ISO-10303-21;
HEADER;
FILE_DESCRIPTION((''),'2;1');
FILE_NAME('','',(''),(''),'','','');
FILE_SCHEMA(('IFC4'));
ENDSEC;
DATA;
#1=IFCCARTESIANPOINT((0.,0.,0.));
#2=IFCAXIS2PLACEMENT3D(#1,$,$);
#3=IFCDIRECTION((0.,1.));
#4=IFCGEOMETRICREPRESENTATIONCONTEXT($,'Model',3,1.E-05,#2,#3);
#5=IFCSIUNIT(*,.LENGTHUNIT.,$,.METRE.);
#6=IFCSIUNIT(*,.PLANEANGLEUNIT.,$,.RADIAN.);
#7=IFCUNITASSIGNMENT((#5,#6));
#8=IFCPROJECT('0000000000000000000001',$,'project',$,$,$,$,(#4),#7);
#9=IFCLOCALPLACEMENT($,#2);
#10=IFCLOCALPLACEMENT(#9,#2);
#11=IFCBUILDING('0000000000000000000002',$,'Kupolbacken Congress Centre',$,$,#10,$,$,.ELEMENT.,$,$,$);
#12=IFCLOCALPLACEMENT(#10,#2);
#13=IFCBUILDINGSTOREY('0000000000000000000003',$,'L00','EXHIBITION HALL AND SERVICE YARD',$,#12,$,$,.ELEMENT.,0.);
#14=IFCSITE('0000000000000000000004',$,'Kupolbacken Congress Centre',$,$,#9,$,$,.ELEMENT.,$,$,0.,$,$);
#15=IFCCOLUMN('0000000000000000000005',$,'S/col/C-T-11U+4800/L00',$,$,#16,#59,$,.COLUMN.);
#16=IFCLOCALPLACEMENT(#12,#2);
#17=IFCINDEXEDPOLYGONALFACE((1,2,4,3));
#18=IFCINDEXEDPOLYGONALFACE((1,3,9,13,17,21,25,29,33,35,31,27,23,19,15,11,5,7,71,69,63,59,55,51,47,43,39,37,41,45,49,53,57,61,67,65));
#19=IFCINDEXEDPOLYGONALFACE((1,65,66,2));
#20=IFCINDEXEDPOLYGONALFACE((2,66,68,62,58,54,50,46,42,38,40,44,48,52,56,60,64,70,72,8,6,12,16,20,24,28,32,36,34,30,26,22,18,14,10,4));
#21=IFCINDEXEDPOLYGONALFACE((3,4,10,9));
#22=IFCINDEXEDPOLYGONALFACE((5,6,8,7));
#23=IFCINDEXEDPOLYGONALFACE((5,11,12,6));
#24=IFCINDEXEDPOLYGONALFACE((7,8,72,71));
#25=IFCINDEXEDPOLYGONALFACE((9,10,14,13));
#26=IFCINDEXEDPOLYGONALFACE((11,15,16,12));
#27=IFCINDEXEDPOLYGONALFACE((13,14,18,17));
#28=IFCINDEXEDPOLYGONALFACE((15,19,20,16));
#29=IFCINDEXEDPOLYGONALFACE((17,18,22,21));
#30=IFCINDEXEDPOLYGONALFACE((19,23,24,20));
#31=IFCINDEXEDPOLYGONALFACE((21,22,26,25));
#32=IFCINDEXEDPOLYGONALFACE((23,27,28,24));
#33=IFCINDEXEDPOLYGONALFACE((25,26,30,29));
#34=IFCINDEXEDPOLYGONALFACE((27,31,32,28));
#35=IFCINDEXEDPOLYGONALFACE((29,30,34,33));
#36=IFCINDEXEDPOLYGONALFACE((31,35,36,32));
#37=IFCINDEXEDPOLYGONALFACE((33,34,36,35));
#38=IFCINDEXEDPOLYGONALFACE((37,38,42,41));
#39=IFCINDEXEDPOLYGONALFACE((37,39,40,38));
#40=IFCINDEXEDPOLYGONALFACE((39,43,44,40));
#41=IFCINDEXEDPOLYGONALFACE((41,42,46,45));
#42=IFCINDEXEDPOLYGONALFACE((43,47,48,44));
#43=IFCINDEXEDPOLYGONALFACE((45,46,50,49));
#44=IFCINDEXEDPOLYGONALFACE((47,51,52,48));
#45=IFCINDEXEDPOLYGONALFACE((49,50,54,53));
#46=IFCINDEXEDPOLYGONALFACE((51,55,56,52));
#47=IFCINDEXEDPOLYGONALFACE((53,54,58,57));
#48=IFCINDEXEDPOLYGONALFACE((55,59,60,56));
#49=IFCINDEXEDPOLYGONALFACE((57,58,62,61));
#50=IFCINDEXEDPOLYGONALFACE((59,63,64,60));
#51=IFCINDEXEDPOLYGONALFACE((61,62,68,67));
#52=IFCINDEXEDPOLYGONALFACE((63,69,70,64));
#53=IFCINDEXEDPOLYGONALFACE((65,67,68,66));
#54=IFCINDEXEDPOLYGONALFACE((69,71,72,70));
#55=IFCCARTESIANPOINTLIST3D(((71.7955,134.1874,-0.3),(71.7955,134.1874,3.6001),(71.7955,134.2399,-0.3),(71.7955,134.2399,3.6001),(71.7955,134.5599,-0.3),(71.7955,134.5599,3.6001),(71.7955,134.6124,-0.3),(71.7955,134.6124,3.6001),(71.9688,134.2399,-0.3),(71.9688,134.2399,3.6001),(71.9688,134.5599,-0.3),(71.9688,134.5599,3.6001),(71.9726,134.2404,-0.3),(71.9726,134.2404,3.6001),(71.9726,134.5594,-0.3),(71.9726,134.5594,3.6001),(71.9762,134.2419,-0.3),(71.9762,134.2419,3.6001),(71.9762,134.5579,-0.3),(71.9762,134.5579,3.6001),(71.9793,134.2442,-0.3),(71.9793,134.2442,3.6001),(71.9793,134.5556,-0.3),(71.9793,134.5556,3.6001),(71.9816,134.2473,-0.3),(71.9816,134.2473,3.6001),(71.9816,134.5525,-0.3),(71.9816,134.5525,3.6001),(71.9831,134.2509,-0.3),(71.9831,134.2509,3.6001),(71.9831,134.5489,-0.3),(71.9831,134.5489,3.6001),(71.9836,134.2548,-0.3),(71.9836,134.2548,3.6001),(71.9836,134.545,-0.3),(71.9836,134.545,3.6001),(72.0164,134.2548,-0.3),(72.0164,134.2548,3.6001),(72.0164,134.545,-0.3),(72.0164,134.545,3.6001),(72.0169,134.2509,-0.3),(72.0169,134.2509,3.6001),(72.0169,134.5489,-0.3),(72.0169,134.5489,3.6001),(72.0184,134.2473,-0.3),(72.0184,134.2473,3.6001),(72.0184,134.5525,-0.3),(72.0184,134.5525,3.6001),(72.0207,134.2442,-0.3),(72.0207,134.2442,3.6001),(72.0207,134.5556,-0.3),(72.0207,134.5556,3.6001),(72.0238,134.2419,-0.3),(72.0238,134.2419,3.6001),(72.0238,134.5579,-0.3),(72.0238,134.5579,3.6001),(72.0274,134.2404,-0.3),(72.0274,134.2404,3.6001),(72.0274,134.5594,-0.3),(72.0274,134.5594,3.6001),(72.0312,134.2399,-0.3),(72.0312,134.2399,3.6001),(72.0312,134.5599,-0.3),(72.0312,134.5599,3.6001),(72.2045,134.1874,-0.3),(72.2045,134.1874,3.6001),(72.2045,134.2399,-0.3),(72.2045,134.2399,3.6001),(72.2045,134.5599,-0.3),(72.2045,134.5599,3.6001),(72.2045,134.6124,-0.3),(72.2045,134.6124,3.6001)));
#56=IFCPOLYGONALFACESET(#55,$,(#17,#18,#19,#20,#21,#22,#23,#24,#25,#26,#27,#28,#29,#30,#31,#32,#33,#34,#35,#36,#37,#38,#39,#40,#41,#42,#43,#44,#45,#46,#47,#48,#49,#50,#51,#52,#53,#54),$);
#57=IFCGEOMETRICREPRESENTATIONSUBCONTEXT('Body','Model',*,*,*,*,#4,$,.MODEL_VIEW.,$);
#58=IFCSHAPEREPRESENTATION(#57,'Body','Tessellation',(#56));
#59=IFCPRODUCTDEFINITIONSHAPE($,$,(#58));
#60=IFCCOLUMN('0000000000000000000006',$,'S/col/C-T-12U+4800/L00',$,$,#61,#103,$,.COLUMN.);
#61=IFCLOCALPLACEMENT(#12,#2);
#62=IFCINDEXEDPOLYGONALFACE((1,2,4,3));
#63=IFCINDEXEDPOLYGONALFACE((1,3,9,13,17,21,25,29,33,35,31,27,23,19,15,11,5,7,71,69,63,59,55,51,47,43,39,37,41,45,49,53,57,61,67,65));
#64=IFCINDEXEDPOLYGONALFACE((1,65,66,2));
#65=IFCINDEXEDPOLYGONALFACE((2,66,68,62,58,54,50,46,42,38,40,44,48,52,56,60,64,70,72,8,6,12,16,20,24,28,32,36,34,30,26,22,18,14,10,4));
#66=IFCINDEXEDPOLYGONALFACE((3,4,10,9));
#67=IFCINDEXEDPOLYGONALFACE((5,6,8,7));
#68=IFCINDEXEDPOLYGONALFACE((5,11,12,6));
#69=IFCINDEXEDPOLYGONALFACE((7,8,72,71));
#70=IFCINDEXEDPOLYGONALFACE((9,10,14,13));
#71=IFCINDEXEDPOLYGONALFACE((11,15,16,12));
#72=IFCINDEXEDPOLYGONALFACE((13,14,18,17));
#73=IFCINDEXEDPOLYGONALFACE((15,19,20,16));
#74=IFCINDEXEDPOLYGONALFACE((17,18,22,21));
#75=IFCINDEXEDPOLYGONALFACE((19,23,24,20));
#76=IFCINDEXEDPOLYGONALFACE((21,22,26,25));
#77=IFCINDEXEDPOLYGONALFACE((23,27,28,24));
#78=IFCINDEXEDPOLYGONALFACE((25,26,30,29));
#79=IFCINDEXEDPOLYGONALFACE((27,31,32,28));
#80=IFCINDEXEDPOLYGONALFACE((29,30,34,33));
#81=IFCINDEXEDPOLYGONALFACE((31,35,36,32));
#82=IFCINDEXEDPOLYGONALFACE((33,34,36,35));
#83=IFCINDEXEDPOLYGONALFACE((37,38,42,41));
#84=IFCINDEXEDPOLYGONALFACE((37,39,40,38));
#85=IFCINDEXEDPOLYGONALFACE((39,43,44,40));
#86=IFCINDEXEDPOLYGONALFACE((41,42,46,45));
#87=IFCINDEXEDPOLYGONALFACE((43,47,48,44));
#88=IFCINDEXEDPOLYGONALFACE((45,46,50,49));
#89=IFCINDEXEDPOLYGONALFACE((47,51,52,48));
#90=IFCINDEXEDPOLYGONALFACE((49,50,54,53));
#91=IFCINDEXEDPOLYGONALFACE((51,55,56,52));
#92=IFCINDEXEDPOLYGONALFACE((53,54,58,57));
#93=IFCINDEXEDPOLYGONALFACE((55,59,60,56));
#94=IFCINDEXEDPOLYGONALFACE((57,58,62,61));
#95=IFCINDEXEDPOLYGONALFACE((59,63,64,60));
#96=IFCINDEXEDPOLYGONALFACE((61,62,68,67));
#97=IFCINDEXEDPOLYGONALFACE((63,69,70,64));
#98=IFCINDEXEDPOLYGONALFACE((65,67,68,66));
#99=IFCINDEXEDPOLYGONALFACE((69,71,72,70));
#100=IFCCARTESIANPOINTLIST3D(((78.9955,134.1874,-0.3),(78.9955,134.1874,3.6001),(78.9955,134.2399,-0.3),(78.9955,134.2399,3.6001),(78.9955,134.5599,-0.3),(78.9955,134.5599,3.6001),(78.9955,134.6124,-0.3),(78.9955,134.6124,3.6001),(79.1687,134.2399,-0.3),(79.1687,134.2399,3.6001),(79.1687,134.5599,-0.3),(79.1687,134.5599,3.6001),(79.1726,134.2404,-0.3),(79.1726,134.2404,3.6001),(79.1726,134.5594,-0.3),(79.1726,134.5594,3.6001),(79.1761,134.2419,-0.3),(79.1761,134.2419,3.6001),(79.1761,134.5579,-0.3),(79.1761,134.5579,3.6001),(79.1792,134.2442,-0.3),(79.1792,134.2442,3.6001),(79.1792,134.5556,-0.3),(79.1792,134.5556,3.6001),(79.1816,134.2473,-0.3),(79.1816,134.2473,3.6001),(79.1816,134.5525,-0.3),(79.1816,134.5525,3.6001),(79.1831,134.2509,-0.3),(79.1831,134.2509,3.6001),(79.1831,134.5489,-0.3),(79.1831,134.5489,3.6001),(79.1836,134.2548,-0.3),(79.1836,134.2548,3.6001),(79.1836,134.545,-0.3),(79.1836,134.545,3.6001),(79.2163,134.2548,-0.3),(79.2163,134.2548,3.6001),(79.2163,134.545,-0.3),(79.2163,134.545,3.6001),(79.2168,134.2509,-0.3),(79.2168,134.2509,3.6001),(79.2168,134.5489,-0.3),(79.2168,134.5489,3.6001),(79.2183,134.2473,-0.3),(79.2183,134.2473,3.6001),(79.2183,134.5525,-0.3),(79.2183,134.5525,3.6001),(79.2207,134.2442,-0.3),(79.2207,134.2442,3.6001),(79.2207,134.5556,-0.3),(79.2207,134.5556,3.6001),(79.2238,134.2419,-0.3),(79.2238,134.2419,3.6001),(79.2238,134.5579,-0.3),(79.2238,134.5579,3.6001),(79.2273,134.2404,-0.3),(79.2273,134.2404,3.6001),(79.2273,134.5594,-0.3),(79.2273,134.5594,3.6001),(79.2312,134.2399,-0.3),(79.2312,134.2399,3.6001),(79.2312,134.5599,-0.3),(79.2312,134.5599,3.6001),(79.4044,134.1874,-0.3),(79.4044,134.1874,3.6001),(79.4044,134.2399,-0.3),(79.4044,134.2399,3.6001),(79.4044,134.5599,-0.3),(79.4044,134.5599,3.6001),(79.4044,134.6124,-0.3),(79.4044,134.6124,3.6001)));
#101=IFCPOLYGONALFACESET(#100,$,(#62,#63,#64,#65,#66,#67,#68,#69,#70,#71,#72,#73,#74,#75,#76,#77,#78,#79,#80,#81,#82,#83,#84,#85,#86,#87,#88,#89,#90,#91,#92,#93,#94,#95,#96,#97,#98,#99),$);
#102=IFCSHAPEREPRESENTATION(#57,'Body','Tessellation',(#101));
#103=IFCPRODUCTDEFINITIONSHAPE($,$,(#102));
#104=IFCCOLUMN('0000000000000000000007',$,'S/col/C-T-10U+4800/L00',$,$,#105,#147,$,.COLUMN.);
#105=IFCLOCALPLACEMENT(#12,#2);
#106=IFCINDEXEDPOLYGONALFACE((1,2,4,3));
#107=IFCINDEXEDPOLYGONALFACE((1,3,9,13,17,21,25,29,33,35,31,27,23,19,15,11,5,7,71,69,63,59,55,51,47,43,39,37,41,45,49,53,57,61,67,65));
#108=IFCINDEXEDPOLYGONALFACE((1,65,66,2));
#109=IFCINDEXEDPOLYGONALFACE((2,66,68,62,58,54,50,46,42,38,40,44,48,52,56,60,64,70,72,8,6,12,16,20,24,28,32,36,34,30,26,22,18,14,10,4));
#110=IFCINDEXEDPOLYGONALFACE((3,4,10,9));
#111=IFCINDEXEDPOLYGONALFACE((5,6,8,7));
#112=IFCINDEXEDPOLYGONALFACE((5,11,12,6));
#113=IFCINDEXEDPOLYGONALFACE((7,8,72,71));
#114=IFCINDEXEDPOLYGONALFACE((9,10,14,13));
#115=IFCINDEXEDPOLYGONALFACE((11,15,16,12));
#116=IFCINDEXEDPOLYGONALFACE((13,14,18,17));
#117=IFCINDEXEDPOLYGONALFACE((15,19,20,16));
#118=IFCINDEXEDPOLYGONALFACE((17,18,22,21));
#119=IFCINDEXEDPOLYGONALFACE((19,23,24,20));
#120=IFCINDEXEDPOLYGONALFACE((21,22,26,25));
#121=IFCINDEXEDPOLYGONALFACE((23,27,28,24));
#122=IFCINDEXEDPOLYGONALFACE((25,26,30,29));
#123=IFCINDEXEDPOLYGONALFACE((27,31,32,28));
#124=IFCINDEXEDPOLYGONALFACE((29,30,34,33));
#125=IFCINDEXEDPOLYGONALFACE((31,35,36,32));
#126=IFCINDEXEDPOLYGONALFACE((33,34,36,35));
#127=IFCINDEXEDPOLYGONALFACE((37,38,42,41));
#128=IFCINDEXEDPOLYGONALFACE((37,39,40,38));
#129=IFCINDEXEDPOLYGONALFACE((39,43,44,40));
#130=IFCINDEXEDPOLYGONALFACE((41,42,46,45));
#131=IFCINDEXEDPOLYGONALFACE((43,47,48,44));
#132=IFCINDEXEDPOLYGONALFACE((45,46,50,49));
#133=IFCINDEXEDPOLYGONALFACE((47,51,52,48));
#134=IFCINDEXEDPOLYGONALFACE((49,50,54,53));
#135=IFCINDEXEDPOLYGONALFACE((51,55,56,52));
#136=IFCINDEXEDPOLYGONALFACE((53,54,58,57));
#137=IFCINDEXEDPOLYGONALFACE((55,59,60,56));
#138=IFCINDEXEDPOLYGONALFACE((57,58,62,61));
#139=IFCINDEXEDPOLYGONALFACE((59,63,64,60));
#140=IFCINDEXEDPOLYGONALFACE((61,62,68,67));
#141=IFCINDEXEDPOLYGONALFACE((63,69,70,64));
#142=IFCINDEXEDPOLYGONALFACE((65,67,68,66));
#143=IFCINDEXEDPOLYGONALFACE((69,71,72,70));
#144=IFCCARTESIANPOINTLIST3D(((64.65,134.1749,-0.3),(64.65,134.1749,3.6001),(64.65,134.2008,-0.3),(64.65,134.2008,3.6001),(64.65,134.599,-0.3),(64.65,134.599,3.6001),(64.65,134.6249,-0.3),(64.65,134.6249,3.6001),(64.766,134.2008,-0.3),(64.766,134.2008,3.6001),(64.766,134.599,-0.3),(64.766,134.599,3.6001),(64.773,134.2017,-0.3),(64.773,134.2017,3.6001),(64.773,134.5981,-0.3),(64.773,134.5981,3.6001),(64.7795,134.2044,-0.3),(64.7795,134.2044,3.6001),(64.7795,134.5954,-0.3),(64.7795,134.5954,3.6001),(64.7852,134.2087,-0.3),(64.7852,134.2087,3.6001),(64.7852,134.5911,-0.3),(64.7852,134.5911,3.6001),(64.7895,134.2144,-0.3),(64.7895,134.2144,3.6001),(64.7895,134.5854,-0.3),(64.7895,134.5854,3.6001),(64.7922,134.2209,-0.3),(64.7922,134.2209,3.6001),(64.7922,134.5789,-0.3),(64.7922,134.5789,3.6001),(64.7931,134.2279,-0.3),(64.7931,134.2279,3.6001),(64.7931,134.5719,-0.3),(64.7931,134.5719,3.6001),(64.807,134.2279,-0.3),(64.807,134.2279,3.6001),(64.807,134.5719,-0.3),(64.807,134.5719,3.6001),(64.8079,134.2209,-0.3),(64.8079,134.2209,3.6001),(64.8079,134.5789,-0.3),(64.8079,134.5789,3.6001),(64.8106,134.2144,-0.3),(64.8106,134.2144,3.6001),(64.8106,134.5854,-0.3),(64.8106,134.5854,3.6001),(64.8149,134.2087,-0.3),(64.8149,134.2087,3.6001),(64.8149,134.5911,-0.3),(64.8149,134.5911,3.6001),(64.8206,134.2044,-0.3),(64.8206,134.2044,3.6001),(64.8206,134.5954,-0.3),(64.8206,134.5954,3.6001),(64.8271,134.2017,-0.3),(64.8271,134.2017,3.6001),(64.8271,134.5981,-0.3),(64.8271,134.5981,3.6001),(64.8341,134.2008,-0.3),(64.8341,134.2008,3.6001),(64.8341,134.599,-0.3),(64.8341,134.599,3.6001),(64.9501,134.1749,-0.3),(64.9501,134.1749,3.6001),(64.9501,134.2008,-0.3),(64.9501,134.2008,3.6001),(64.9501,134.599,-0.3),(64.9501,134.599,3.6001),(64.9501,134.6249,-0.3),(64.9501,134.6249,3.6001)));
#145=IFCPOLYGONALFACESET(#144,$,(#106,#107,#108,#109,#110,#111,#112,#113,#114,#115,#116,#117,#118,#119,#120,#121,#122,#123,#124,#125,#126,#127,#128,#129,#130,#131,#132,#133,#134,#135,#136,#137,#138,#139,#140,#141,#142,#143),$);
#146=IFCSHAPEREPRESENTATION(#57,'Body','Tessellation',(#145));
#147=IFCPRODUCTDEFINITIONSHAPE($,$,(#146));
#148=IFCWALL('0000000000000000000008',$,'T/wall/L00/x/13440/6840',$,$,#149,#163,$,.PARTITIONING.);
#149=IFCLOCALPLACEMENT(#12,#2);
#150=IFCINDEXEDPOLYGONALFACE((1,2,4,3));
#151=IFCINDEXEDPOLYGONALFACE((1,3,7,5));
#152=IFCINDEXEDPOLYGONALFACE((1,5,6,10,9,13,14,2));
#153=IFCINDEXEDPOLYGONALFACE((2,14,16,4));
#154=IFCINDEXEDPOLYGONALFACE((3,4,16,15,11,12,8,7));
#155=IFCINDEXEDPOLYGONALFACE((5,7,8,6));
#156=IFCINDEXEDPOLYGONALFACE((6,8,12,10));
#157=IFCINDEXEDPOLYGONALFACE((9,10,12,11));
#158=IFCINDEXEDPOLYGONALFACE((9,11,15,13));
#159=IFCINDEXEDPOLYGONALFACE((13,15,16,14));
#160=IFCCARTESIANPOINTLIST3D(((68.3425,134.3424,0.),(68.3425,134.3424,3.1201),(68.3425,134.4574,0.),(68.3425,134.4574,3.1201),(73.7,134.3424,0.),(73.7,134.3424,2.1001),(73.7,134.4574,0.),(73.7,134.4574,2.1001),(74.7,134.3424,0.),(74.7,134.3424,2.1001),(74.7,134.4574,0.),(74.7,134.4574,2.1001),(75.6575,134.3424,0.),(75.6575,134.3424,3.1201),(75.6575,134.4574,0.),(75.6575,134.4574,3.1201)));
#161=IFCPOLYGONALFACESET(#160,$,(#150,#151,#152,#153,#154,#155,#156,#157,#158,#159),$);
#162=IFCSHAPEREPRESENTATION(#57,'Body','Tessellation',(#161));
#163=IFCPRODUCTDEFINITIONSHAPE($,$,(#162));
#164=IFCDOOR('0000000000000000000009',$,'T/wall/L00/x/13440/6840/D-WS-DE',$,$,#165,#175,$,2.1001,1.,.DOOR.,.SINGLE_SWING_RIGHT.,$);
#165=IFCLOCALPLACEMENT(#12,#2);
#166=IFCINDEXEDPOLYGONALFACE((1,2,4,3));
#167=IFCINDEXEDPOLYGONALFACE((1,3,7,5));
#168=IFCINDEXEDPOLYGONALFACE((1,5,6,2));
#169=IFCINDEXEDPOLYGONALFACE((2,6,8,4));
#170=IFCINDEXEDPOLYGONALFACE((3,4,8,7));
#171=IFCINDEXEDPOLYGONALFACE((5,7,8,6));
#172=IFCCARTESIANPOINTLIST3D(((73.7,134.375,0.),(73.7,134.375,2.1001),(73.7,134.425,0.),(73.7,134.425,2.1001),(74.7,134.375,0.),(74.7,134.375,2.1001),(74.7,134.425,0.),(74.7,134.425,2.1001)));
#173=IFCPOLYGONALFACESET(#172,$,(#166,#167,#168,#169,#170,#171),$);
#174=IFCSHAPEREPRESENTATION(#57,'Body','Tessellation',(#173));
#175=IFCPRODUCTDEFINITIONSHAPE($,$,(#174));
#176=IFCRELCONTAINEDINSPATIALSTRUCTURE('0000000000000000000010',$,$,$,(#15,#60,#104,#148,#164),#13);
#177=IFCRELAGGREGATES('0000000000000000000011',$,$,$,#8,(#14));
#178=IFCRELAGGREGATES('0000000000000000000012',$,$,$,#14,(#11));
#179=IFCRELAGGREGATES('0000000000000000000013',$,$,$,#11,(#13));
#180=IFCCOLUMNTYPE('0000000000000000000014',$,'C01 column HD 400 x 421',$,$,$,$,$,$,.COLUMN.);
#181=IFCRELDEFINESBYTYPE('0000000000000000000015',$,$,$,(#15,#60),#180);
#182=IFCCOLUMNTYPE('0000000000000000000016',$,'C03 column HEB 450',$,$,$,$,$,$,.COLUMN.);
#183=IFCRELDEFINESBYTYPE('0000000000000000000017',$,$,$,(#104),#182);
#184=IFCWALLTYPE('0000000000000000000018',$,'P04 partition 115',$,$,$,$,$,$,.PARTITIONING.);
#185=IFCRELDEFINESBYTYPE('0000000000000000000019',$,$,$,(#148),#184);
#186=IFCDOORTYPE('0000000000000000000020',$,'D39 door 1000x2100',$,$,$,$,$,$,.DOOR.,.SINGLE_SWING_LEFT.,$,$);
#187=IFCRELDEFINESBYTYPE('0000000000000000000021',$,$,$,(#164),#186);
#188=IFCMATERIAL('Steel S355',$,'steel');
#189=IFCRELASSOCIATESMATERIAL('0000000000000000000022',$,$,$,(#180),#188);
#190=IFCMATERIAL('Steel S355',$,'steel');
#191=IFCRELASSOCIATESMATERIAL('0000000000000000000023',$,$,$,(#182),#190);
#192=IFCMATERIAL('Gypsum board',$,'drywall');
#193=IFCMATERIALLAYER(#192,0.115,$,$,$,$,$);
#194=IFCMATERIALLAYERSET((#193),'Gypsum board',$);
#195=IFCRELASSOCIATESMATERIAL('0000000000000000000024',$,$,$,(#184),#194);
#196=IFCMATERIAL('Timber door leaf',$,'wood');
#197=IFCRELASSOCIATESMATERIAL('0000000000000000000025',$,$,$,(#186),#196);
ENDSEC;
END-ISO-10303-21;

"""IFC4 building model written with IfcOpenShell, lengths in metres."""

from ifc_helpers import new_model, si_unit, direction, frame, frame_2d, origin, origin_2d, place, context, subcontext, project, spatial, rectangle, i_section, extrude, material, layer, layer_set, material_profile, profile_set, type_object, element, fill, save


model = new_model("IFC4")

# Units and contexts
model_context = context("Model", 3, precision=1e-05, world=origin(), true_north=direction((0.0, 1.0)))
body_context = subcontext(model_context, "Body", "Model", "MODEL_VIEW")
ifc_project = project(units=[si_unit("LENGTHUNIT", "METRE"), si_unit("PLANEANGLEUNIT", "RADIAN")], contexts=[model_context])

# Site, building, storey
site_placement = place(None, origin())
site = spatial("IfcSite", under=ifc_project, at=site_placement, Name="Kupolbacken Congress Centre", CompositionType="ELEMENT", RefElevation=0.0)
building_placement = place(site_placement, origin())
building = spatial("IfcBuilding", under=site, at=building_placement, Name="Kupolbacken Congress Centre", CompositionType="ELEMENT")
storey_placement = place(building_placement, origin())
storey = spatial("IfcBuildingStorey", under=building, at=storey_placement, Name="L00", Description="EXHIBITION HALL AND SERVICE YARD", CompositionType="ELEMENT", Elevation=0.0)

# Columns
ifc_material_1 = material(Name="Steel S355", Category="steel")
ifc_material_profile_1 = material_profile(ifc_material_1, i_section(OverallWidth=0.4089, OverallDepth=0.425, WebThickness=0.0327, FlangeThickness=0.0525, FilletRadius=0.0149, at=origin_2d()), Name="HD 400 x 421")
ifc_profile_set_1 = profile_set([ifc_material_profile_1], Name="Steel S355")
column_type_1 = type_object("IfcColumnType", Name="C01 column HD 400 x 421", PredefinedType="COLUMN", material=ifc_profile_set_1)
for number, where, z_axis, x_axis, name in (
    (1, (72.0, 134.3999, -0.3), (0.0, 0.0, 1.0), (1.0, 0.0, 0.0), "S/col/C-T-11U+4800/L00"),
    (2, (79.2, 134.3999, -0.3), (0.0, 0.0, 1.0), (1.0, 0.0, 0.0), "S/col/C-T-12U+4800/L00"),
):
    element("IfcColumn", number, at=place(storey_placement, frame(where, z_axis=z_axis, x_axis=x_axis)), inside=storey, type_object=column_type_1, Name=name, PredefinedType="COLUMN", context=body_context, shape_type="SweptSolid", body=[
        extrude(i_section(OverallWidth=0.4089, OverallDepth=0.425, WebThickness=0.0327, FlangeThickness=0.0525, FilletRadius=0.0149, at=origin_2d()), origin(), (0.0, 0.0, 1.0), 3.9001),
    ])
ifc_material_2 = material(Name="Steel S355", Category="steel")
ifc_material_profile_2 = material_profile(ifc_material_2, i_section(OverallWidth=0.3, OverallDepth=0.45, WebThickness=0.0139, FlangeThickness=0.0259, FilletRadius=0.0271, at=origin_2d()), Name="HEB 450")
ifc_profile_set_2 = profile_set([ifc_material_profile_2], Name="Steel S355")
column_type_2 = type_object("IfcColumnType", Name="C03 column HEB 450", PredefinedType="COLUMN", material=ifc_profile_set_2)
column_placement = place(storey_placement, frame((64.8, 134.3999, -0.3), z_axis=(0.0, 0.0, 1.0), x_axis=(1.0, 0.0, 0.0)))
element("IfcColumn", 3, at=column_placement, inside=storey, type_object=column_type_2, Name="S/col/C-T-10U+4800/L00", PredefinedType="COLUMN", context=body_context, shape_type="SweptSolid", body=[
    extrude(i_section(OverallWidth=0.3, OverallDepth=0.45, WebThickness=0.0139, FlangeThickness=0.0259, FilletRadius=0.0271, at=origin_2d()), origin(), (0.0, 0.0, 1.0), 3.9001),
])

# Wall, opening, door
ifc_material_3 = material(Name="Gypsum board", Category="drywall")
ifc_layer_1 = layer(ifc_material_3, 0.115)
ifc_layer_set_1 = layer_set([ifc_layer_1], Name="Gypsum board")
wall_type_1 = type_object("IfcWallType", Name="P04 partition 115", PredefinedType="PARTITIONING", material=ifc_layer_set_1)
wall_1_placement = place(storey_placement, frame((68.3425, 134.3999, 0.0), z_axis=(0.0, 0.0, 1.0), x_axis=(1.0, 0.0, 0.0)))
wall_1 = element("IfcWall", 4, at=wall_1_placement, inside=storey, type_object=wall_type_1, Name="T/wall/L00/x/13440/6840", PredefinedType="PARTITIONING", context=body_context, shape_type="SweptSolid", body=[
    extrude(rectangle(XDim=7.3149, YDim=0.115, at=frame_2d((3.6575, 0.0))), origin(), (0.0, 0.0, 1.0), 3.1201),
])
opening_1_placement = place(wall_1_placement, frame((5.3574, 0.0, 0.0)))
opening_1 = element("IfcOpeningElement", 5, at=opening_1_placement, cuts=wall_1, PredefinedType="OPENING", context=body_context, shape_type="SweptSolid", body=[
    extrude(rectangle(XDim=1.0, YDim=2.1001, at=frame_2d((0.5, 1.05))), frame((0.0, 0.0674, 0.0), z_axis=(0.0, -1.0, 0.0), x_axis=(1.0, 0.0, 0.0)), (0.0, 0.0, 1.0), 0.135),
])
ifc_material_4 = material(Name="Timber door leaf", Category="wood")
door_type_1 = type_object("IfcDoorType", Name="D39 door 1000x2100", OperationType="SINGLE_SWING_LEFT", PredefinedType="DOOR", material=ifc_material_4)
door_1_placement = place(opening_1_placement, frame((1.0, 0.0, 0.0), z_axis=(0.0, 0.0, 1.0), x_axis=(-1.0, 0.0, 0.0)))
door_1 = element("IfcDoor", 6, at=door_1_placement, inside=storey, type_object=door_type_1, Name="T/wall/L00/x/13440/6840/D-WS-DE", OperationType="SINGLE_SWING_RIGHT", OverallHeight=2.1001, OverallWidth=1.0, PredefinedType="DOOR", context=body_context, shape_type="SweptSolid", body=[
    extrude(rectangle(XDim=1.0, YDim=2.1001, at=frame_2d((0.5, 1.05))), frame((0.0, 0.0249, 0.0), z_axis=(0.0, -1.0, 0.0), x_axis=(1.0, 0.0, 0.0)), (0.0, 0.0, 1.0), 0.05),
])
fill(opening_1, door_1)

save(model, "model.ifc")
